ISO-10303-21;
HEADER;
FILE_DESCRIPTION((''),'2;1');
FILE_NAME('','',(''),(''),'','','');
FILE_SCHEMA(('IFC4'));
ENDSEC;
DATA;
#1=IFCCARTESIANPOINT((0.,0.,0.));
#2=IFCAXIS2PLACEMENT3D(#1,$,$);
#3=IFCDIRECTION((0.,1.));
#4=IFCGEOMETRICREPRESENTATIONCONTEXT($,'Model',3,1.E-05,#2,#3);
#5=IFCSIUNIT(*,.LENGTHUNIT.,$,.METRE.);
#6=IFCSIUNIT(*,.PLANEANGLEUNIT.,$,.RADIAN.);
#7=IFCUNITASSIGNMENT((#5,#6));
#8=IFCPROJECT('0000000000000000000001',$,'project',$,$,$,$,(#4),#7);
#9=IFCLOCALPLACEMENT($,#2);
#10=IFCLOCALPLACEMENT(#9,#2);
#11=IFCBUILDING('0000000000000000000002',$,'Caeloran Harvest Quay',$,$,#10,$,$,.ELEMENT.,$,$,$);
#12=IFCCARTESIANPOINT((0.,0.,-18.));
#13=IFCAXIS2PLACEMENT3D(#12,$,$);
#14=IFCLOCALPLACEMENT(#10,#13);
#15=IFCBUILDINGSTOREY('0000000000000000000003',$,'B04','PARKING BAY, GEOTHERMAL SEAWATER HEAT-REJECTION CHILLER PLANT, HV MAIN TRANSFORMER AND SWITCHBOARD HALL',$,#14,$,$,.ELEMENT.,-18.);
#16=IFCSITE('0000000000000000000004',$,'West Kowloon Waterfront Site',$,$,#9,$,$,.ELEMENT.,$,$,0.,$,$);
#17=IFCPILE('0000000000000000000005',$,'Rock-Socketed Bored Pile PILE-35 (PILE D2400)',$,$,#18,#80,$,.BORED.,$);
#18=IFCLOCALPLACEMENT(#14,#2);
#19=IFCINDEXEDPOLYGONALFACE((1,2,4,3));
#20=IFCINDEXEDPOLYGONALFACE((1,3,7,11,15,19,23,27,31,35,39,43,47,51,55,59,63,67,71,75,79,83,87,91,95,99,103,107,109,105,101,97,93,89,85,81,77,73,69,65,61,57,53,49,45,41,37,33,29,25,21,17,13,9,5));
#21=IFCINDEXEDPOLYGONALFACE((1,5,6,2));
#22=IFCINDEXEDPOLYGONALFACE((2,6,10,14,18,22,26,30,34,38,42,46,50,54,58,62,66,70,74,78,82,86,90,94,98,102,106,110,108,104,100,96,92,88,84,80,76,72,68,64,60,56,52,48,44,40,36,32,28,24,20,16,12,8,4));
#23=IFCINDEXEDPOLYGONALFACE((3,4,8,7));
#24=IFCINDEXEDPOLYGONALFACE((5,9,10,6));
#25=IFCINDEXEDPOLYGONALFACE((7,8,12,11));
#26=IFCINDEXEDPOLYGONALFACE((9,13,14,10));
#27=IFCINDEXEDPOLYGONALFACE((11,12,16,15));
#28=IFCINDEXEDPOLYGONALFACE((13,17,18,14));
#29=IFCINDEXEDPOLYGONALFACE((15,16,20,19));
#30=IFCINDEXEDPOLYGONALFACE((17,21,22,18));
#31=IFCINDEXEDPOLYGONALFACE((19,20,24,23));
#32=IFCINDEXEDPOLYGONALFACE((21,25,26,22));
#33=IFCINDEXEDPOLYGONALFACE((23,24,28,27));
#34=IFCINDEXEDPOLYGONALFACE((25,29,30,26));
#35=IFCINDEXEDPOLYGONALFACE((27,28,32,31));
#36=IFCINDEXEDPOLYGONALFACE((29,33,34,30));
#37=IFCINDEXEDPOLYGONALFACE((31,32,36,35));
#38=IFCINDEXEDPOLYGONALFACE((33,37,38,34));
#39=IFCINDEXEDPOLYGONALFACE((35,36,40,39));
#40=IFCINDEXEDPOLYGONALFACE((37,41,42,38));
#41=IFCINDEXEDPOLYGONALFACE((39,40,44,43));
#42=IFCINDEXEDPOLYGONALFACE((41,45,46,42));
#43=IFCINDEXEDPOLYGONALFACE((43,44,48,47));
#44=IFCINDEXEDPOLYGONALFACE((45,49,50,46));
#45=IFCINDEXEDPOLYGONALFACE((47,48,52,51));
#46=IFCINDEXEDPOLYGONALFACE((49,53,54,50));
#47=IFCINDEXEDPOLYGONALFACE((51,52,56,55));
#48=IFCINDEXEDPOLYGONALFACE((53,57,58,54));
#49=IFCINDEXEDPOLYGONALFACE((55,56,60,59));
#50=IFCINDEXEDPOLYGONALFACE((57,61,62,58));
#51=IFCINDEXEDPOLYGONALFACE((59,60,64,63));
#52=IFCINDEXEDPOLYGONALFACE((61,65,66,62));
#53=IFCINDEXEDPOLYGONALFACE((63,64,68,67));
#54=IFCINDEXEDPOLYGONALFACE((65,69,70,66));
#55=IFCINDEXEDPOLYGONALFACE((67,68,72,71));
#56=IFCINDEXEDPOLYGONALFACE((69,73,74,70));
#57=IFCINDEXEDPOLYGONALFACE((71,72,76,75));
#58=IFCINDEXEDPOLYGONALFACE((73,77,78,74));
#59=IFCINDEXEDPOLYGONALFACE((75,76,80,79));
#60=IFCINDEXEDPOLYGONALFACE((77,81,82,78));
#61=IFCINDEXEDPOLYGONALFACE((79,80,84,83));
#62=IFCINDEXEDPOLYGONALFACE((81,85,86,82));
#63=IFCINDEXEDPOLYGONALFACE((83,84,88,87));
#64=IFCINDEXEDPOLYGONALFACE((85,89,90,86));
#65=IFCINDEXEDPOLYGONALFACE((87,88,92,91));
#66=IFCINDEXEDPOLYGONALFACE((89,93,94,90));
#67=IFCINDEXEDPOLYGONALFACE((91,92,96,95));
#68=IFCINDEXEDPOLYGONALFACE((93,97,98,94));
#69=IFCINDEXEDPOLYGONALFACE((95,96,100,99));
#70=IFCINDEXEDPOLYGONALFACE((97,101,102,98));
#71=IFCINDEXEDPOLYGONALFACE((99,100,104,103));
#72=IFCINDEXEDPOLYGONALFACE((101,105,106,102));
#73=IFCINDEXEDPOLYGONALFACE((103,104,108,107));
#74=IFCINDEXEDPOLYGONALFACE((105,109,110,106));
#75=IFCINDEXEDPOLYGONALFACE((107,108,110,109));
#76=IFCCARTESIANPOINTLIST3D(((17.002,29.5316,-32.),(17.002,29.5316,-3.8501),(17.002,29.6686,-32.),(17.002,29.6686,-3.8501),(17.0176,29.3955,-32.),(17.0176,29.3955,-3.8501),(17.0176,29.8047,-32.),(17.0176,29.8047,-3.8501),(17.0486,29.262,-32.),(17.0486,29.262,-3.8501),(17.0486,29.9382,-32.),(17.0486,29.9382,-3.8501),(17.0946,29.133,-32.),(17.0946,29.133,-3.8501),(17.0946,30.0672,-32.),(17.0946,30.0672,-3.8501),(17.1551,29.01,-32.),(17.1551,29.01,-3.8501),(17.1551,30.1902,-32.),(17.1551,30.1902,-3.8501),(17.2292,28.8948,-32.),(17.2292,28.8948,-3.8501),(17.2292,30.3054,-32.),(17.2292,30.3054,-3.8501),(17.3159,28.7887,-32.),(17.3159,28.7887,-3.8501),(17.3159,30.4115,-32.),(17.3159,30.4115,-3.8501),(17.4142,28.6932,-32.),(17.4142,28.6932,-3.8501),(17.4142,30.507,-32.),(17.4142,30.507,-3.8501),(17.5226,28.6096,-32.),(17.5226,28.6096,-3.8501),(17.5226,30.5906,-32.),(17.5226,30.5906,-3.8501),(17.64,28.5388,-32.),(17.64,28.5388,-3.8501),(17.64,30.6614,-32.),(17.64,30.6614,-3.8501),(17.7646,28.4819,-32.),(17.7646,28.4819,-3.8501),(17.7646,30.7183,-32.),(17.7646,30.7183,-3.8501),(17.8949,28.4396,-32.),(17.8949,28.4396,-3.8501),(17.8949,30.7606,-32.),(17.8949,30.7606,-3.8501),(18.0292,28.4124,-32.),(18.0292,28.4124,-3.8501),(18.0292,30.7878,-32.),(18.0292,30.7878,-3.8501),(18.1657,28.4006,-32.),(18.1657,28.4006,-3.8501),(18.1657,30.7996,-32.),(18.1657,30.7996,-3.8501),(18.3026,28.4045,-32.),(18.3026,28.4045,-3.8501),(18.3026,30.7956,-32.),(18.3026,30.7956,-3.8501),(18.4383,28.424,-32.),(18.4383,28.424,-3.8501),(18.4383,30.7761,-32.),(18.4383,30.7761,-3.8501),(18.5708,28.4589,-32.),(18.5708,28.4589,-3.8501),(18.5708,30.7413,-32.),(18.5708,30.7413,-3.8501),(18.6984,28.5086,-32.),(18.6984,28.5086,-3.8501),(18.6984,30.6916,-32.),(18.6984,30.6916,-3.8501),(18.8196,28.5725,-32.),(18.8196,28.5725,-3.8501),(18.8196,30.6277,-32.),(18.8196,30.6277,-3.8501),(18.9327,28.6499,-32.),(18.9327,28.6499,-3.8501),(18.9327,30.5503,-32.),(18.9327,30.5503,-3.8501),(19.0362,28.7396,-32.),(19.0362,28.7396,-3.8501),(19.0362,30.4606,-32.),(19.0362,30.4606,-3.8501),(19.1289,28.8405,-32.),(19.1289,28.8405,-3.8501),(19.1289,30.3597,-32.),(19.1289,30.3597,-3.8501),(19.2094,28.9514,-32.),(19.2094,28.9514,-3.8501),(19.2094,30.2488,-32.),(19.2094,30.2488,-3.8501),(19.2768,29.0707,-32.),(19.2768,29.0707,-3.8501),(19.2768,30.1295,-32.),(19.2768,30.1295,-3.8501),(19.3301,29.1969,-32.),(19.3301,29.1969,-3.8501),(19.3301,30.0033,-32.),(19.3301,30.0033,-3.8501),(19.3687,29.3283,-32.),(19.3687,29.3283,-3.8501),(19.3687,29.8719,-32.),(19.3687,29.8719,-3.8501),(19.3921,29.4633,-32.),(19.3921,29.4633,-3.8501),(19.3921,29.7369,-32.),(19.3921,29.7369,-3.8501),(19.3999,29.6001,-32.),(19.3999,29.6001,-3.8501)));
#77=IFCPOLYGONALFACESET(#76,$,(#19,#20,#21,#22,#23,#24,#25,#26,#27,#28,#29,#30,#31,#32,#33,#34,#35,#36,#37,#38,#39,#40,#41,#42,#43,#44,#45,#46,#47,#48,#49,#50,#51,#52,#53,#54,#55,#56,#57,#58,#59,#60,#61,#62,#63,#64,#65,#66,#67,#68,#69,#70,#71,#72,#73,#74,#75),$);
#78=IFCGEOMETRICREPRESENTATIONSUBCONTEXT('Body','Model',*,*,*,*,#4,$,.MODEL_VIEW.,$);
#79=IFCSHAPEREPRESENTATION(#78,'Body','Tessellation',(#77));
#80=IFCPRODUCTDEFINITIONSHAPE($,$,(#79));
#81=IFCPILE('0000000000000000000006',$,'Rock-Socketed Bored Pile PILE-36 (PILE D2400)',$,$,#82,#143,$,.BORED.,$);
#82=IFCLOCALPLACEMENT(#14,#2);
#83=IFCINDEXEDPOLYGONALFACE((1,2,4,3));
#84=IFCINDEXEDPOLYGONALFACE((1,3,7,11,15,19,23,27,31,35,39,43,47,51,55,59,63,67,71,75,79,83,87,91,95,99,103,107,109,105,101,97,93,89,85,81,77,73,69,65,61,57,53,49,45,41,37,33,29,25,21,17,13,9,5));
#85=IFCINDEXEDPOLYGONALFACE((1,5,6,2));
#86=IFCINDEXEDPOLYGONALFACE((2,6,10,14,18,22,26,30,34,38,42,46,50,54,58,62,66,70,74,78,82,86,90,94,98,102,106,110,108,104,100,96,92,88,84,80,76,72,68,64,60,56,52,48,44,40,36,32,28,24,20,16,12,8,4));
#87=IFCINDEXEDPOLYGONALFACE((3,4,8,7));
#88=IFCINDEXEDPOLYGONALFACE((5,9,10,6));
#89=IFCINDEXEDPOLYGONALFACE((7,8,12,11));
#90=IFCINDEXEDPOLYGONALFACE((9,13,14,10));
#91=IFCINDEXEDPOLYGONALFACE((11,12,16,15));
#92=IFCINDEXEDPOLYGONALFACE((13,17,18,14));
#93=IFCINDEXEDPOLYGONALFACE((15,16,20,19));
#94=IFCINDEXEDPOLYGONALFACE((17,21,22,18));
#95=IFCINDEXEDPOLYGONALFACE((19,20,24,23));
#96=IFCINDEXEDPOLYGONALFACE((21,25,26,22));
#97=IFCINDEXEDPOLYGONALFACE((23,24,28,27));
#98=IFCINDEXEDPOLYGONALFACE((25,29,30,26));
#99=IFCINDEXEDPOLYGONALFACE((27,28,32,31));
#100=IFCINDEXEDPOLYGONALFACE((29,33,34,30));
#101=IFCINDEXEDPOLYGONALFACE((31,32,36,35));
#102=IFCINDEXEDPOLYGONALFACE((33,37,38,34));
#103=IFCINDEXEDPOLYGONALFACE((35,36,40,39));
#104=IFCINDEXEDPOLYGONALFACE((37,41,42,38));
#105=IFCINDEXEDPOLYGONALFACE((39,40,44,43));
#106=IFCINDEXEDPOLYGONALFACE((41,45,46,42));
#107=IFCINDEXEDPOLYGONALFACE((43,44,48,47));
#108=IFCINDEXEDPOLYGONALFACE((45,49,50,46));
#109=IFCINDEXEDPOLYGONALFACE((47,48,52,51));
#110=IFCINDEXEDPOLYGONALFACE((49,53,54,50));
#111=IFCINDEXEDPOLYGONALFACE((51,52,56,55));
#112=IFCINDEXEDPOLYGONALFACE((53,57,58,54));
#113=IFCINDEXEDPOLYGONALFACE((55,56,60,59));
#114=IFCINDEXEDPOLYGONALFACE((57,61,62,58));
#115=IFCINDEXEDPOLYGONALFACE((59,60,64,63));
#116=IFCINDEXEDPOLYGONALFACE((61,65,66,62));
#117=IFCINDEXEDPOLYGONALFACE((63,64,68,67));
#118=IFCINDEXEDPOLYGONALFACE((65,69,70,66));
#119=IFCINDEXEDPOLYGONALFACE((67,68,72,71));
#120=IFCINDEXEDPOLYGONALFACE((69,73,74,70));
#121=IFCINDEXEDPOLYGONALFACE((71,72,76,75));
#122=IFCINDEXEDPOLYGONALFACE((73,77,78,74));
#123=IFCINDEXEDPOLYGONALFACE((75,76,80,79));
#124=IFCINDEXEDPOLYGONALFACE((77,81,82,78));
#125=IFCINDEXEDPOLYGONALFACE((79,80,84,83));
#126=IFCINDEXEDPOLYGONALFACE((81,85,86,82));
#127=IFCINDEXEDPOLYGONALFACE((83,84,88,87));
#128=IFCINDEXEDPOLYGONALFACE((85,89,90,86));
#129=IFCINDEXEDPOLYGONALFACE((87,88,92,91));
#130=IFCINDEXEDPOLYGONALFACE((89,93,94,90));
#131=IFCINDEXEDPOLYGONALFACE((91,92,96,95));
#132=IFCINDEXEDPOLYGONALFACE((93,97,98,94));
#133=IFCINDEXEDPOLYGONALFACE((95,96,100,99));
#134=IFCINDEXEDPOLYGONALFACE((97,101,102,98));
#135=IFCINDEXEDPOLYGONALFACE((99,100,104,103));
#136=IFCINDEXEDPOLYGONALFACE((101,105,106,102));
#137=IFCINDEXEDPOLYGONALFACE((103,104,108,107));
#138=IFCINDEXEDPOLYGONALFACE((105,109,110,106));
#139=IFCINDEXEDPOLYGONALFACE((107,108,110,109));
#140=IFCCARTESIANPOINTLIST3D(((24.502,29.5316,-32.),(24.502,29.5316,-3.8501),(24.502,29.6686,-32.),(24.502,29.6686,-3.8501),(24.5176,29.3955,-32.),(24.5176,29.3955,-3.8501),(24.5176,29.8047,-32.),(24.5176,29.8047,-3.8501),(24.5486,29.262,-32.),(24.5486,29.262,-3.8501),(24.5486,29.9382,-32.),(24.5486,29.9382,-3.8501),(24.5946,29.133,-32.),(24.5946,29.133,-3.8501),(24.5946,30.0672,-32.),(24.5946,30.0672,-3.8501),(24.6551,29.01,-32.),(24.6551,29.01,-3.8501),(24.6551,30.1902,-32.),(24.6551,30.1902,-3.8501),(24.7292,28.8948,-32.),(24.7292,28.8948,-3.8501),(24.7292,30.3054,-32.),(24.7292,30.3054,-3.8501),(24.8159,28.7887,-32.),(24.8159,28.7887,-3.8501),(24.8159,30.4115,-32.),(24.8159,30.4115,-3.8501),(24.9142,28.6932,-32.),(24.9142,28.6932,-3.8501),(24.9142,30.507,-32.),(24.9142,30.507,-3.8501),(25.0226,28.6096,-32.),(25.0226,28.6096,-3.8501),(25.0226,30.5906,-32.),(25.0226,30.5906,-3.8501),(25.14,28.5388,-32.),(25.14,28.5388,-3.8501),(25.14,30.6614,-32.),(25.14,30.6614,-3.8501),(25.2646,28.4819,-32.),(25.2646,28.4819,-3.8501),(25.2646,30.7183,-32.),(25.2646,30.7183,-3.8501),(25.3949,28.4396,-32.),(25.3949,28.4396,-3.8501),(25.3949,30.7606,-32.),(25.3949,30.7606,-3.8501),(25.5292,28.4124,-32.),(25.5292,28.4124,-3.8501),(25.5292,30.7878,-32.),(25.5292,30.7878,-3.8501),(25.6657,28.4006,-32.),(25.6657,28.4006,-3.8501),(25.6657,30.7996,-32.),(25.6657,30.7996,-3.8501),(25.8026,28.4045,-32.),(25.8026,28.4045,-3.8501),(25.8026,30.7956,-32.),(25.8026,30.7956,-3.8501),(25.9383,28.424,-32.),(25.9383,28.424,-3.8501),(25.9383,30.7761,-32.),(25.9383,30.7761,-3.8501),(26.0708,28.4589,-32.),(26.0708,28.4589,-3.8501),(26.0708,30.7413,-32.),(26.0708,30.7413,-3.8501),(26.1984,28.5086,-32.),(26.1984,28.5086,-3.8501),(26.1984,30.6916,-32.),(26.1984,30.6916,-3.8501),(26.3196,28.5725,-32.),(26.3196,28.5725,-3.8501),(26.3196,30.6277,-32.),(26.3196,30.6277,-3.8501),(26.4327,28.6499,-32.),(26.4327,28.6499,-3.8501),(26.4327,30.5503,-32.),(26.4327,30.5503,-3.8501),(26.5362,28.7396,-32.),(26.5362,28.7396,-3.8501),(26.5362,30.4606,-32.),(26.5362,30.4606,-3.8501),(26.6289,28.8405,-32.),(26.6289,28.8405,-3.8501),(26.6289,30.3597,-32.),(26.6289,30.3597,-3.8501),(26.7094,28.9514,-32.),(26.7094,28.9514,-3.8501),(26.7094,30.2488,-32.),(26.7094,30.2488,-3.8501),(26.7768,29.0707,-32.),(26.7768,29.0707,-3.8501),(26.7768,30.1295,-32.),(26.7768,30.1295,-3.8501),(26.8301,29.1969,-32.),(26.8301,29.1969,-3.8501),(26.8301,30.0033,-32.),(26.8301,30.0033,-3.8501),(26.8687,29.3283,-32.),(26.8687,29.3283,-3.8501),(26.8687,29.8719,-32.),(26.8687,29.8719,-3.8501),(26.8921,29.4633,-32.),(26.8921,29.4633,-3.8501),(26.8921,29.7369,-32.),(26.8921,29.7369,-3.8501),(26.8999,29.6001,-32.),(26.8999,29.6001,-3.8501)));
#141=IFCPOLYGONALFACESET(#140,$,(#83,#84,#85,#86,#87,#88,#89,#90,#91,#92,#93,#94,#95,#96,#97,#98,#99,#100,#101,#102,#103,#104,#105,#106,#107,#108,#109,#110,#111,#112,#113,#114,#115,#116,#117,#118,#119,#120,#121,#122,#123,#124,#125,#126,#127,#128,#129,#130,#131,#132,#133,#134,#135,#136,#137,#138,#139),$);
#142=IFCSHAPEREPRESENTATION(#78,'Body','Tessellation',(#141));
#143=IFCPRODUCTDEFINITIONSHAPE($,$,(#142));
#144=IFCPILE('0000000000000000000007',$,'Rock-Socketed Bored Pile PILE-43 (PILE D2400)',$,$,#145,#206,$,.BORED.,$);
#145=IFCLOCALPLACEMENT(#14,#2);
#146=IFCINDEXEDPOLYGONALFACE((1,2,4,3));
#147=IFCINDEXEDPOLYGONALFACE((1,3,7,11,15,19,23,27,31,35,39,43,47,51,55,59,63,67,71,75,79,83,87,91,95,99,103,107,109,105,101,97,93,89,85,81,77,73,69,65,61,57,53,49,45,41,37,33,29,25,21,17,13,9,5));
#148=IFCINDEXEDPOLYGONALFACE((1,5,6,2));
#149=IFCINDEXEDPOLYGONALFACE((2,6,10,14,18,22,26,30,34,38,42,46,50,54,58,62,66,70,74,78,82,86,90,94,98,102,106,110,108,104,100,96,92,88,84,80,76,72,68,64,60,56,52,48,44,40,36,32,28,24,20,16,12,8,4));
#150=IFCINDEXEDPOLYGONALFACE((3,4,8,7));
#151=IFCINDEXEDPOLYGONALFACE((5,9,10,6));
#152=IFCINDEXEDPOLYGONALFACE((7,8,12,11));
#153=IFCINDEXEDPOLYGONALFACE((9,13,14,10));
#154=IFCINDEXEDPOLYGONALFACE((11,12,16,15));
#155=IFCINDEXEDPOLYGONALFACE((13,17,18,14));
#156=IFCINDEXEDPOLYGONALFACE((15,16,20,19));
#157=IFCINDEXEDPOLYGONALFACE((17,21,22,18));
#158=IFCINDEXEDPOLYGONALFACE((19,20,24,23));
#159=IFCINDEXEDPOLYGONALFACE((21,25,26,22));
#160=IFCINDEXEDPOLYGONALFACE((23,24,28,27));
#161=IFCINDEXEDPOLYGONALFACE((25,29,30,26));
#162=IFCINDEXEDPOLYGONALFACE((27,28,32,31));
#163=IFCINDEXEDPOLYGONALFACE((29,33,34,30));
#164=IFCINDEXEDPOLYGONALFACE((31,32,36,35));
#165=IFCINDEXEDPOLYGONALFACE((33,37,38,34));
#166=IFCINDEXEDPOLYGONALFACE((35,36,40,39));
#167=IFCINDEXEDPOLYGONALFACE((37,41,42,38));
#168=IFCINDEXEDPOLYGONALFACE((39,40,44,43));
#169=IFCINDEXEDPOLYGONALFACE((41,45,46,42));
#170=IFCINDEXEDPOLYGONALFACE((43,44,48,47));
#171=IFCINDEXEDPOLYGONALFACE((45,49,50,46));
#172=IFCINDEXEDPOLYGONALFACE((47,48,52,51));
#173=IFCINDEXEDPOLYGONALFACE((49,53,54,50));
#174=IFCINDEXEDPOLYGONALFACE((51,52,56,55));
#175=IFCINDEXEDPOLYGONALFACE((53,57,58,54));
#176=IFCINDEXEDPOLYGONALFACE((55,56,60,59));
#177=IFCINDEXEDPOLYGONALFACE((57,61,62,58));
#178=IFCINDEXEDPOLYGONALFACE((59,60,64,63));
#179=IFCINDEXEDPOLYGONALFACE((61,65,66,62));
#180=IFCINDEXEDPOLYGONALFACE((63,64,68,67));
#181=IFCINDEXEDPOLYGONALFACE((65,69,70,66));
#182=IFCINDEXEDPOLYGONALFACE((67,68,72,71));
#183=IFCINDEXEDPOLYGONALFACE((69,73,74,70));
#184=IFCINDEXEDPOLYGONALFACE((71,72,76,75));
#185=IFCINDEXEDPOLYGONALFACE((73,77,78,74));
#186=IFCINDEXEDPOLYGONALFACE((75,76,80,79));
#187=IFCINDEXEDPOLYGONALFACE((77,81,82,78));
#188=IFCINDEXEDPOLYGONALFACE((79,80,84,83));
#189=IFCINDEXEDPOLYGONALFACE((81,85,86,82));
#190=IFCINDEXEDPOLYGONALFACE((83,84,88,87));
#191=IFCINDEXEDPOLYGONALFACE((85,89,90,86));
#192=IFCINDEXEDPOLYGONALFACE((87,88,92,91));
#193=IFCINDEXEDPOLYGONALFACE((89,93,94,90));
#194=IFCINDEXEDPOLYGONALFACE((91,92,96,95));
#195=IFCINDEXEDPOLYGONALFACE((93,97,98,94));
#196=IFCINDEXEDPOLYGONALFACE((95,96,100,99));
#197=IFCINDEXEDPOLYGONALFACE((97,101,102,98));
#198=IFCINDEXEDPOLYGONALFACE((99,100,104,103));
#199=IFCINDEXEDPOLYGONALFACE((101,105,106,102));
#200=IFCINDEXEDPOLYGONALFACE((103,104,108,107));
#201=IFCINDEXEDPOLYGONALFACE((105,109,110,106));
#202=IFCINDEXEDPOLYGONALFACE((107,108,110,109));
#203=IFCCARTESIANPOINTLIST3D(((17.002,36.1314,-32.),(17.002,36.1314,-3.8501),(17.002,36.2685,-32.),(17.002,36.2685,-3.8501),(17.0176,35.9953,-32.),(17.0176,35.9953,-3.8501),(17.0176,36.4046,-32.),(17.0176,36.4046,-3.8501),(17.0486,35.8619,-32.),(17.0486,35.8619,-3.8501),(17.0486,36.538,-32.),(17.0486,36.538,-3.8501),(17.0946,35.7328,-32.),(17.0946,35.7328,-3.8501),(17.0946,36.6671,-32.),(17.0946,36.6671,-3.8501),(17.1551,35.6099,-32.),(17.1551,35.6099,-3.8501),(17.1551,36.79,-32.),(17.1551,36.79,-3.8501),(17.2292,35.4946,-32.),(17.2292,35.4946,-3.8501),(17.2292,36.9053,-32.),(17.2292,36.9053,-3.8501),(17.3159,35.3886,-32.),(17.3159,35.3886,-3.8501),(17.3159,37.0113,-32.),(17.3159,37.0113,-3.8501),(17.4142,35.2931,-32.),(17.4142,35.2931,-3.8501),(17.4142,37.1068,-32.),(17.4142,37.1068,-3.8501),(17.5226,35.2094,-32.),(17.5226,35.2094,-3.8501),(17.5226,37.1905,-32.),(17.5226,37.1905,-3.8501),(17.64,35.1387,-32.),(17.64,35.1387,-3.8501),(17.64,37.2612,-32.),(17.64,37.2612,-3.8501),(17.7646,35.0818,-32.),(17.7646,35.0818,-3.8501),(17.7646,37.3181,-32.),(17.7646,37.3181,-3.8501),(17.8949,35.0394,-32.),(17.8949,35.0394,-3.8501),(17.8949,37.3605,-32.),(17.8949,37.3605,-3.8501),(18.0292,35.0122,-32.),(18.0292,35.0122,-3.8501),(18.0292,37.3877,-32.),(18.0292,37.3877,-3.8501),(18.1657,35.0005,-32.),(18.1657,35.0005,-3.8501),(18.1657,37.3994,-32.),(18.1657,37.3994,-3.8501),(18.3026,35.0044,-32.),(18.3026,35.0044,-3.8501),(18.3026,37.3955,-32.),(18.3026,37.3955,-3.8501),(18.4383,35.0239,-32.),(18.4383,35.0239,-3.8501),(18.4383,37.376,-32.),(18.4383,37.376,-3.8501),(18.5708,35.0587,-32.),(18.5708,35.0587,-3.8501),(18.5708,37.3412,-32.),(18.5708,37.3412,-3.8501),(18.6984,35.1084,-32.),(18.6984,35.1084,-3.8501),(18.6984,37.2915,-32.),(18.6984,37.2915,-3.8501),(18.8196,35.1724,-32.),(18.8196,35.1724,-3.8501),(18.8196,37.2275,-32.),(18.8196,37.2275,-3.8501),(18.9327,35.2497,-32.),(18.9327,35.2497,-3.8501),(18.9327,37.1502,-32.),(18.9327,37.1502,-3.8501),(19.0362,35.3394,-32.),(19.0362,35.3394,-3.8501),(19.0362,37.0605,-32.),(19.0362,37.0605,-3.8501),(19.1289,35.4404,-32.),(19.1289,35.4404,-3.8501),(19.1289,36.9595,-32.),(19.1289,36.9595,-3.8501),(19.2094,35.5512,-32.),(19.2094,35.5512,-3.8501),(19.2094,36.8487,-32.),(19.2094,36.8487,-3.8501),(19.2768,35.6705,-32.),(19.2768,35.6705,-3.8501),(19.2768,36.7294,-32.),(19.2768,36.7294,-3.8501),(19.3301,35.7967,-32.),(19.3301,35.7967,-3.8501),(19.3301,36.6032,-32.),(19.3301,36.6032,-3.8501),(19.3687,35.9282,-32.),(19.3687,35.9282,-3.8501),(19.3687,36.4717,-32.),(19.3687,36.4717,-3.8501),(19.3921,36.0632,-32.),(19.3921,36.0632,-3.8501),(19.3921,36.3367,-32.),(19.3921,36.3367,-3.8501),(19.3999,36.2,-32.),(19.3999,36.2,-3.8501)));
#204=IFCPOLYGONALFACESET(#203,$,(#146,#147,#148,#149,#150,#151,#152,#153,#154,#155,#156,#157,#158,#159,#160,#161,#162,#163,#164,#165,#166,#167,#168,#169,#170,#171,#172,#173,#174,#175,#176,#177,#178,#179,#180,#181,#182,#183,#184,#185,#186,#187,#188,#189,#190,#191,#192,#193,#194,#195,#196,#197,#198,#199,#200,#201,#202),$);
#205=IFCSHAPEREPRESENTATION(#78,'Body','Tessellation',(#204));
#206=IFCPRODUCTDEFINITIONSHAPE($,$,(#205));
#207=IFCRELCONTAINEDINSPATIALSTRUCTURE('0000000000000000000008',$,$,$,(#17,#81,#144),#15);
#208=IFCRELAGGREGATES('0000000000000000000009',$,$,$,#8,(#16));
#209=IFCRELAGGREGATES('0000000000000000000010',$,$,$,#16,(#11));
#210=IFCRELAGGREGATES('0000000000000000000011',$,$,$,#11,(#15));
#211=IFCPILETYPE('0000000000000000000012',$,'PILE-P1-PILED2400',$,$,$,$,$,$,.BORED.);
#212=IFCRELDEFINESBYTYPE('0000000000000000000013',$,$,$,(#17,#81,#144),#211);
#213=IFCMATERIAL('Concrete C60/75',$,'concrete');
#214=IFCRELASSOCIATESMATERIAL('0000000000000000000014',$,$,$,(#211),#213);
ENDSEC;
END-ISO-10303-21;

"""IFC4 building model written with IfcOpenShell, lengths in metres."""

from ifc_helpers import new_model, si_unit, direction, frame, origin, origin_2d, place, context, subcontext, project, spatial, circle, extrude, material, material_profile, profile_set, type_object, element, save


model = new_model("IFC4")

# Units and contexts
model_context = context("Model", 3, precision=1e-05, world=origin(), true_north=direction((0.0, 1.0)))
body_context = subcontext(model_context, "Body", "Model", "MODEL_VIEW")
ifc_project = project(units=[si_unit("LENGTHUNIT", "METRE"), si_unit("PLANEANGLEUNIT", "RADIAN")], contexts=[model_context])

# Site, building, storey
site_placement = place(None, origin())
site = spatial("IfcSite", under=ifc_project, at=site_placement, Name="West Kowloon Waterfront Site", CompositionType="ELEMENT", RefElevation=0.0)
building_placement = place(site_placement, origin())
building = spatial("IfcBuilding", under=site, at=building_placement, Name="Caeloran Harvest Quay", CompositionType="ELEMENT")
storey_placement = place(building_placement, frame((0.0, 0.0, -18.0)))
storey = spatial("IfcBuildingStorey", under=building, at=storey_placement, Name="B04", Description="PARKING BAY, GEOTHERMAL SEAWATER HEAT-REJECTION CHILLER PLANT, HV MAIN TRANSFORMER AND SWITCHBOARD HALL", CompositionType="ELEMENT", Elevation=-18.0)

# Piles
ifc_material_1 = material(Name="Concrete C60/75", Category="concrete")
ifc_material_profile_1 = material_profile(ifc_material_1, circle(Radius=1.2, at=origin_2d()), Name="PILE D2400")
ifc_profile_set_1 = profile_set([ifc_material_profile_1], Name="Concrete C60/75")
pile_type = type_object("IfcPileType", Name="PILE-P1-PILED2400", PredefinedType="BORED", material=ifc_profile_set_1)
for number, where, z_axis, x_axis, name in (
    (1, (18.2, 29.6001, -3.8501), (0.0, 0.0, -1.0), (1.0, 0.0, 0.0), "Rock-Socketed Bored Pile PILE-35 (PILE D2400)"),
    (2, (25.7, 29.6001, -3.8501), (0.0, 0.0, -1.0), (1.0, 0.0, 0.0), "Rock-Socketed Bored Pile PILE-36 (PILE D2400)"),
    (3, (18.2, 36.2, -3.8501), (0.0, 0.0, -1.0), (1.0, 0.0, 0.0), "Rock-Socketed Bored Pile PILE-43 (PILE D2400)"),
):
    element("IfcPile", number, at=place(storey_placement, frame(where, z_axis=z_axis, x_axis=x_axis)), inside=storey, type_object=pile_type, Name=name, PredefinedType="BORED", context=body_context, shape_type="SweptSolid", body=[
        extrude(circle(Radius=1.2, at=origin_2d()), origin(), (0.0, 0.0, 1.0), 28.1499),
    ])

save(model, "model.ifc")
